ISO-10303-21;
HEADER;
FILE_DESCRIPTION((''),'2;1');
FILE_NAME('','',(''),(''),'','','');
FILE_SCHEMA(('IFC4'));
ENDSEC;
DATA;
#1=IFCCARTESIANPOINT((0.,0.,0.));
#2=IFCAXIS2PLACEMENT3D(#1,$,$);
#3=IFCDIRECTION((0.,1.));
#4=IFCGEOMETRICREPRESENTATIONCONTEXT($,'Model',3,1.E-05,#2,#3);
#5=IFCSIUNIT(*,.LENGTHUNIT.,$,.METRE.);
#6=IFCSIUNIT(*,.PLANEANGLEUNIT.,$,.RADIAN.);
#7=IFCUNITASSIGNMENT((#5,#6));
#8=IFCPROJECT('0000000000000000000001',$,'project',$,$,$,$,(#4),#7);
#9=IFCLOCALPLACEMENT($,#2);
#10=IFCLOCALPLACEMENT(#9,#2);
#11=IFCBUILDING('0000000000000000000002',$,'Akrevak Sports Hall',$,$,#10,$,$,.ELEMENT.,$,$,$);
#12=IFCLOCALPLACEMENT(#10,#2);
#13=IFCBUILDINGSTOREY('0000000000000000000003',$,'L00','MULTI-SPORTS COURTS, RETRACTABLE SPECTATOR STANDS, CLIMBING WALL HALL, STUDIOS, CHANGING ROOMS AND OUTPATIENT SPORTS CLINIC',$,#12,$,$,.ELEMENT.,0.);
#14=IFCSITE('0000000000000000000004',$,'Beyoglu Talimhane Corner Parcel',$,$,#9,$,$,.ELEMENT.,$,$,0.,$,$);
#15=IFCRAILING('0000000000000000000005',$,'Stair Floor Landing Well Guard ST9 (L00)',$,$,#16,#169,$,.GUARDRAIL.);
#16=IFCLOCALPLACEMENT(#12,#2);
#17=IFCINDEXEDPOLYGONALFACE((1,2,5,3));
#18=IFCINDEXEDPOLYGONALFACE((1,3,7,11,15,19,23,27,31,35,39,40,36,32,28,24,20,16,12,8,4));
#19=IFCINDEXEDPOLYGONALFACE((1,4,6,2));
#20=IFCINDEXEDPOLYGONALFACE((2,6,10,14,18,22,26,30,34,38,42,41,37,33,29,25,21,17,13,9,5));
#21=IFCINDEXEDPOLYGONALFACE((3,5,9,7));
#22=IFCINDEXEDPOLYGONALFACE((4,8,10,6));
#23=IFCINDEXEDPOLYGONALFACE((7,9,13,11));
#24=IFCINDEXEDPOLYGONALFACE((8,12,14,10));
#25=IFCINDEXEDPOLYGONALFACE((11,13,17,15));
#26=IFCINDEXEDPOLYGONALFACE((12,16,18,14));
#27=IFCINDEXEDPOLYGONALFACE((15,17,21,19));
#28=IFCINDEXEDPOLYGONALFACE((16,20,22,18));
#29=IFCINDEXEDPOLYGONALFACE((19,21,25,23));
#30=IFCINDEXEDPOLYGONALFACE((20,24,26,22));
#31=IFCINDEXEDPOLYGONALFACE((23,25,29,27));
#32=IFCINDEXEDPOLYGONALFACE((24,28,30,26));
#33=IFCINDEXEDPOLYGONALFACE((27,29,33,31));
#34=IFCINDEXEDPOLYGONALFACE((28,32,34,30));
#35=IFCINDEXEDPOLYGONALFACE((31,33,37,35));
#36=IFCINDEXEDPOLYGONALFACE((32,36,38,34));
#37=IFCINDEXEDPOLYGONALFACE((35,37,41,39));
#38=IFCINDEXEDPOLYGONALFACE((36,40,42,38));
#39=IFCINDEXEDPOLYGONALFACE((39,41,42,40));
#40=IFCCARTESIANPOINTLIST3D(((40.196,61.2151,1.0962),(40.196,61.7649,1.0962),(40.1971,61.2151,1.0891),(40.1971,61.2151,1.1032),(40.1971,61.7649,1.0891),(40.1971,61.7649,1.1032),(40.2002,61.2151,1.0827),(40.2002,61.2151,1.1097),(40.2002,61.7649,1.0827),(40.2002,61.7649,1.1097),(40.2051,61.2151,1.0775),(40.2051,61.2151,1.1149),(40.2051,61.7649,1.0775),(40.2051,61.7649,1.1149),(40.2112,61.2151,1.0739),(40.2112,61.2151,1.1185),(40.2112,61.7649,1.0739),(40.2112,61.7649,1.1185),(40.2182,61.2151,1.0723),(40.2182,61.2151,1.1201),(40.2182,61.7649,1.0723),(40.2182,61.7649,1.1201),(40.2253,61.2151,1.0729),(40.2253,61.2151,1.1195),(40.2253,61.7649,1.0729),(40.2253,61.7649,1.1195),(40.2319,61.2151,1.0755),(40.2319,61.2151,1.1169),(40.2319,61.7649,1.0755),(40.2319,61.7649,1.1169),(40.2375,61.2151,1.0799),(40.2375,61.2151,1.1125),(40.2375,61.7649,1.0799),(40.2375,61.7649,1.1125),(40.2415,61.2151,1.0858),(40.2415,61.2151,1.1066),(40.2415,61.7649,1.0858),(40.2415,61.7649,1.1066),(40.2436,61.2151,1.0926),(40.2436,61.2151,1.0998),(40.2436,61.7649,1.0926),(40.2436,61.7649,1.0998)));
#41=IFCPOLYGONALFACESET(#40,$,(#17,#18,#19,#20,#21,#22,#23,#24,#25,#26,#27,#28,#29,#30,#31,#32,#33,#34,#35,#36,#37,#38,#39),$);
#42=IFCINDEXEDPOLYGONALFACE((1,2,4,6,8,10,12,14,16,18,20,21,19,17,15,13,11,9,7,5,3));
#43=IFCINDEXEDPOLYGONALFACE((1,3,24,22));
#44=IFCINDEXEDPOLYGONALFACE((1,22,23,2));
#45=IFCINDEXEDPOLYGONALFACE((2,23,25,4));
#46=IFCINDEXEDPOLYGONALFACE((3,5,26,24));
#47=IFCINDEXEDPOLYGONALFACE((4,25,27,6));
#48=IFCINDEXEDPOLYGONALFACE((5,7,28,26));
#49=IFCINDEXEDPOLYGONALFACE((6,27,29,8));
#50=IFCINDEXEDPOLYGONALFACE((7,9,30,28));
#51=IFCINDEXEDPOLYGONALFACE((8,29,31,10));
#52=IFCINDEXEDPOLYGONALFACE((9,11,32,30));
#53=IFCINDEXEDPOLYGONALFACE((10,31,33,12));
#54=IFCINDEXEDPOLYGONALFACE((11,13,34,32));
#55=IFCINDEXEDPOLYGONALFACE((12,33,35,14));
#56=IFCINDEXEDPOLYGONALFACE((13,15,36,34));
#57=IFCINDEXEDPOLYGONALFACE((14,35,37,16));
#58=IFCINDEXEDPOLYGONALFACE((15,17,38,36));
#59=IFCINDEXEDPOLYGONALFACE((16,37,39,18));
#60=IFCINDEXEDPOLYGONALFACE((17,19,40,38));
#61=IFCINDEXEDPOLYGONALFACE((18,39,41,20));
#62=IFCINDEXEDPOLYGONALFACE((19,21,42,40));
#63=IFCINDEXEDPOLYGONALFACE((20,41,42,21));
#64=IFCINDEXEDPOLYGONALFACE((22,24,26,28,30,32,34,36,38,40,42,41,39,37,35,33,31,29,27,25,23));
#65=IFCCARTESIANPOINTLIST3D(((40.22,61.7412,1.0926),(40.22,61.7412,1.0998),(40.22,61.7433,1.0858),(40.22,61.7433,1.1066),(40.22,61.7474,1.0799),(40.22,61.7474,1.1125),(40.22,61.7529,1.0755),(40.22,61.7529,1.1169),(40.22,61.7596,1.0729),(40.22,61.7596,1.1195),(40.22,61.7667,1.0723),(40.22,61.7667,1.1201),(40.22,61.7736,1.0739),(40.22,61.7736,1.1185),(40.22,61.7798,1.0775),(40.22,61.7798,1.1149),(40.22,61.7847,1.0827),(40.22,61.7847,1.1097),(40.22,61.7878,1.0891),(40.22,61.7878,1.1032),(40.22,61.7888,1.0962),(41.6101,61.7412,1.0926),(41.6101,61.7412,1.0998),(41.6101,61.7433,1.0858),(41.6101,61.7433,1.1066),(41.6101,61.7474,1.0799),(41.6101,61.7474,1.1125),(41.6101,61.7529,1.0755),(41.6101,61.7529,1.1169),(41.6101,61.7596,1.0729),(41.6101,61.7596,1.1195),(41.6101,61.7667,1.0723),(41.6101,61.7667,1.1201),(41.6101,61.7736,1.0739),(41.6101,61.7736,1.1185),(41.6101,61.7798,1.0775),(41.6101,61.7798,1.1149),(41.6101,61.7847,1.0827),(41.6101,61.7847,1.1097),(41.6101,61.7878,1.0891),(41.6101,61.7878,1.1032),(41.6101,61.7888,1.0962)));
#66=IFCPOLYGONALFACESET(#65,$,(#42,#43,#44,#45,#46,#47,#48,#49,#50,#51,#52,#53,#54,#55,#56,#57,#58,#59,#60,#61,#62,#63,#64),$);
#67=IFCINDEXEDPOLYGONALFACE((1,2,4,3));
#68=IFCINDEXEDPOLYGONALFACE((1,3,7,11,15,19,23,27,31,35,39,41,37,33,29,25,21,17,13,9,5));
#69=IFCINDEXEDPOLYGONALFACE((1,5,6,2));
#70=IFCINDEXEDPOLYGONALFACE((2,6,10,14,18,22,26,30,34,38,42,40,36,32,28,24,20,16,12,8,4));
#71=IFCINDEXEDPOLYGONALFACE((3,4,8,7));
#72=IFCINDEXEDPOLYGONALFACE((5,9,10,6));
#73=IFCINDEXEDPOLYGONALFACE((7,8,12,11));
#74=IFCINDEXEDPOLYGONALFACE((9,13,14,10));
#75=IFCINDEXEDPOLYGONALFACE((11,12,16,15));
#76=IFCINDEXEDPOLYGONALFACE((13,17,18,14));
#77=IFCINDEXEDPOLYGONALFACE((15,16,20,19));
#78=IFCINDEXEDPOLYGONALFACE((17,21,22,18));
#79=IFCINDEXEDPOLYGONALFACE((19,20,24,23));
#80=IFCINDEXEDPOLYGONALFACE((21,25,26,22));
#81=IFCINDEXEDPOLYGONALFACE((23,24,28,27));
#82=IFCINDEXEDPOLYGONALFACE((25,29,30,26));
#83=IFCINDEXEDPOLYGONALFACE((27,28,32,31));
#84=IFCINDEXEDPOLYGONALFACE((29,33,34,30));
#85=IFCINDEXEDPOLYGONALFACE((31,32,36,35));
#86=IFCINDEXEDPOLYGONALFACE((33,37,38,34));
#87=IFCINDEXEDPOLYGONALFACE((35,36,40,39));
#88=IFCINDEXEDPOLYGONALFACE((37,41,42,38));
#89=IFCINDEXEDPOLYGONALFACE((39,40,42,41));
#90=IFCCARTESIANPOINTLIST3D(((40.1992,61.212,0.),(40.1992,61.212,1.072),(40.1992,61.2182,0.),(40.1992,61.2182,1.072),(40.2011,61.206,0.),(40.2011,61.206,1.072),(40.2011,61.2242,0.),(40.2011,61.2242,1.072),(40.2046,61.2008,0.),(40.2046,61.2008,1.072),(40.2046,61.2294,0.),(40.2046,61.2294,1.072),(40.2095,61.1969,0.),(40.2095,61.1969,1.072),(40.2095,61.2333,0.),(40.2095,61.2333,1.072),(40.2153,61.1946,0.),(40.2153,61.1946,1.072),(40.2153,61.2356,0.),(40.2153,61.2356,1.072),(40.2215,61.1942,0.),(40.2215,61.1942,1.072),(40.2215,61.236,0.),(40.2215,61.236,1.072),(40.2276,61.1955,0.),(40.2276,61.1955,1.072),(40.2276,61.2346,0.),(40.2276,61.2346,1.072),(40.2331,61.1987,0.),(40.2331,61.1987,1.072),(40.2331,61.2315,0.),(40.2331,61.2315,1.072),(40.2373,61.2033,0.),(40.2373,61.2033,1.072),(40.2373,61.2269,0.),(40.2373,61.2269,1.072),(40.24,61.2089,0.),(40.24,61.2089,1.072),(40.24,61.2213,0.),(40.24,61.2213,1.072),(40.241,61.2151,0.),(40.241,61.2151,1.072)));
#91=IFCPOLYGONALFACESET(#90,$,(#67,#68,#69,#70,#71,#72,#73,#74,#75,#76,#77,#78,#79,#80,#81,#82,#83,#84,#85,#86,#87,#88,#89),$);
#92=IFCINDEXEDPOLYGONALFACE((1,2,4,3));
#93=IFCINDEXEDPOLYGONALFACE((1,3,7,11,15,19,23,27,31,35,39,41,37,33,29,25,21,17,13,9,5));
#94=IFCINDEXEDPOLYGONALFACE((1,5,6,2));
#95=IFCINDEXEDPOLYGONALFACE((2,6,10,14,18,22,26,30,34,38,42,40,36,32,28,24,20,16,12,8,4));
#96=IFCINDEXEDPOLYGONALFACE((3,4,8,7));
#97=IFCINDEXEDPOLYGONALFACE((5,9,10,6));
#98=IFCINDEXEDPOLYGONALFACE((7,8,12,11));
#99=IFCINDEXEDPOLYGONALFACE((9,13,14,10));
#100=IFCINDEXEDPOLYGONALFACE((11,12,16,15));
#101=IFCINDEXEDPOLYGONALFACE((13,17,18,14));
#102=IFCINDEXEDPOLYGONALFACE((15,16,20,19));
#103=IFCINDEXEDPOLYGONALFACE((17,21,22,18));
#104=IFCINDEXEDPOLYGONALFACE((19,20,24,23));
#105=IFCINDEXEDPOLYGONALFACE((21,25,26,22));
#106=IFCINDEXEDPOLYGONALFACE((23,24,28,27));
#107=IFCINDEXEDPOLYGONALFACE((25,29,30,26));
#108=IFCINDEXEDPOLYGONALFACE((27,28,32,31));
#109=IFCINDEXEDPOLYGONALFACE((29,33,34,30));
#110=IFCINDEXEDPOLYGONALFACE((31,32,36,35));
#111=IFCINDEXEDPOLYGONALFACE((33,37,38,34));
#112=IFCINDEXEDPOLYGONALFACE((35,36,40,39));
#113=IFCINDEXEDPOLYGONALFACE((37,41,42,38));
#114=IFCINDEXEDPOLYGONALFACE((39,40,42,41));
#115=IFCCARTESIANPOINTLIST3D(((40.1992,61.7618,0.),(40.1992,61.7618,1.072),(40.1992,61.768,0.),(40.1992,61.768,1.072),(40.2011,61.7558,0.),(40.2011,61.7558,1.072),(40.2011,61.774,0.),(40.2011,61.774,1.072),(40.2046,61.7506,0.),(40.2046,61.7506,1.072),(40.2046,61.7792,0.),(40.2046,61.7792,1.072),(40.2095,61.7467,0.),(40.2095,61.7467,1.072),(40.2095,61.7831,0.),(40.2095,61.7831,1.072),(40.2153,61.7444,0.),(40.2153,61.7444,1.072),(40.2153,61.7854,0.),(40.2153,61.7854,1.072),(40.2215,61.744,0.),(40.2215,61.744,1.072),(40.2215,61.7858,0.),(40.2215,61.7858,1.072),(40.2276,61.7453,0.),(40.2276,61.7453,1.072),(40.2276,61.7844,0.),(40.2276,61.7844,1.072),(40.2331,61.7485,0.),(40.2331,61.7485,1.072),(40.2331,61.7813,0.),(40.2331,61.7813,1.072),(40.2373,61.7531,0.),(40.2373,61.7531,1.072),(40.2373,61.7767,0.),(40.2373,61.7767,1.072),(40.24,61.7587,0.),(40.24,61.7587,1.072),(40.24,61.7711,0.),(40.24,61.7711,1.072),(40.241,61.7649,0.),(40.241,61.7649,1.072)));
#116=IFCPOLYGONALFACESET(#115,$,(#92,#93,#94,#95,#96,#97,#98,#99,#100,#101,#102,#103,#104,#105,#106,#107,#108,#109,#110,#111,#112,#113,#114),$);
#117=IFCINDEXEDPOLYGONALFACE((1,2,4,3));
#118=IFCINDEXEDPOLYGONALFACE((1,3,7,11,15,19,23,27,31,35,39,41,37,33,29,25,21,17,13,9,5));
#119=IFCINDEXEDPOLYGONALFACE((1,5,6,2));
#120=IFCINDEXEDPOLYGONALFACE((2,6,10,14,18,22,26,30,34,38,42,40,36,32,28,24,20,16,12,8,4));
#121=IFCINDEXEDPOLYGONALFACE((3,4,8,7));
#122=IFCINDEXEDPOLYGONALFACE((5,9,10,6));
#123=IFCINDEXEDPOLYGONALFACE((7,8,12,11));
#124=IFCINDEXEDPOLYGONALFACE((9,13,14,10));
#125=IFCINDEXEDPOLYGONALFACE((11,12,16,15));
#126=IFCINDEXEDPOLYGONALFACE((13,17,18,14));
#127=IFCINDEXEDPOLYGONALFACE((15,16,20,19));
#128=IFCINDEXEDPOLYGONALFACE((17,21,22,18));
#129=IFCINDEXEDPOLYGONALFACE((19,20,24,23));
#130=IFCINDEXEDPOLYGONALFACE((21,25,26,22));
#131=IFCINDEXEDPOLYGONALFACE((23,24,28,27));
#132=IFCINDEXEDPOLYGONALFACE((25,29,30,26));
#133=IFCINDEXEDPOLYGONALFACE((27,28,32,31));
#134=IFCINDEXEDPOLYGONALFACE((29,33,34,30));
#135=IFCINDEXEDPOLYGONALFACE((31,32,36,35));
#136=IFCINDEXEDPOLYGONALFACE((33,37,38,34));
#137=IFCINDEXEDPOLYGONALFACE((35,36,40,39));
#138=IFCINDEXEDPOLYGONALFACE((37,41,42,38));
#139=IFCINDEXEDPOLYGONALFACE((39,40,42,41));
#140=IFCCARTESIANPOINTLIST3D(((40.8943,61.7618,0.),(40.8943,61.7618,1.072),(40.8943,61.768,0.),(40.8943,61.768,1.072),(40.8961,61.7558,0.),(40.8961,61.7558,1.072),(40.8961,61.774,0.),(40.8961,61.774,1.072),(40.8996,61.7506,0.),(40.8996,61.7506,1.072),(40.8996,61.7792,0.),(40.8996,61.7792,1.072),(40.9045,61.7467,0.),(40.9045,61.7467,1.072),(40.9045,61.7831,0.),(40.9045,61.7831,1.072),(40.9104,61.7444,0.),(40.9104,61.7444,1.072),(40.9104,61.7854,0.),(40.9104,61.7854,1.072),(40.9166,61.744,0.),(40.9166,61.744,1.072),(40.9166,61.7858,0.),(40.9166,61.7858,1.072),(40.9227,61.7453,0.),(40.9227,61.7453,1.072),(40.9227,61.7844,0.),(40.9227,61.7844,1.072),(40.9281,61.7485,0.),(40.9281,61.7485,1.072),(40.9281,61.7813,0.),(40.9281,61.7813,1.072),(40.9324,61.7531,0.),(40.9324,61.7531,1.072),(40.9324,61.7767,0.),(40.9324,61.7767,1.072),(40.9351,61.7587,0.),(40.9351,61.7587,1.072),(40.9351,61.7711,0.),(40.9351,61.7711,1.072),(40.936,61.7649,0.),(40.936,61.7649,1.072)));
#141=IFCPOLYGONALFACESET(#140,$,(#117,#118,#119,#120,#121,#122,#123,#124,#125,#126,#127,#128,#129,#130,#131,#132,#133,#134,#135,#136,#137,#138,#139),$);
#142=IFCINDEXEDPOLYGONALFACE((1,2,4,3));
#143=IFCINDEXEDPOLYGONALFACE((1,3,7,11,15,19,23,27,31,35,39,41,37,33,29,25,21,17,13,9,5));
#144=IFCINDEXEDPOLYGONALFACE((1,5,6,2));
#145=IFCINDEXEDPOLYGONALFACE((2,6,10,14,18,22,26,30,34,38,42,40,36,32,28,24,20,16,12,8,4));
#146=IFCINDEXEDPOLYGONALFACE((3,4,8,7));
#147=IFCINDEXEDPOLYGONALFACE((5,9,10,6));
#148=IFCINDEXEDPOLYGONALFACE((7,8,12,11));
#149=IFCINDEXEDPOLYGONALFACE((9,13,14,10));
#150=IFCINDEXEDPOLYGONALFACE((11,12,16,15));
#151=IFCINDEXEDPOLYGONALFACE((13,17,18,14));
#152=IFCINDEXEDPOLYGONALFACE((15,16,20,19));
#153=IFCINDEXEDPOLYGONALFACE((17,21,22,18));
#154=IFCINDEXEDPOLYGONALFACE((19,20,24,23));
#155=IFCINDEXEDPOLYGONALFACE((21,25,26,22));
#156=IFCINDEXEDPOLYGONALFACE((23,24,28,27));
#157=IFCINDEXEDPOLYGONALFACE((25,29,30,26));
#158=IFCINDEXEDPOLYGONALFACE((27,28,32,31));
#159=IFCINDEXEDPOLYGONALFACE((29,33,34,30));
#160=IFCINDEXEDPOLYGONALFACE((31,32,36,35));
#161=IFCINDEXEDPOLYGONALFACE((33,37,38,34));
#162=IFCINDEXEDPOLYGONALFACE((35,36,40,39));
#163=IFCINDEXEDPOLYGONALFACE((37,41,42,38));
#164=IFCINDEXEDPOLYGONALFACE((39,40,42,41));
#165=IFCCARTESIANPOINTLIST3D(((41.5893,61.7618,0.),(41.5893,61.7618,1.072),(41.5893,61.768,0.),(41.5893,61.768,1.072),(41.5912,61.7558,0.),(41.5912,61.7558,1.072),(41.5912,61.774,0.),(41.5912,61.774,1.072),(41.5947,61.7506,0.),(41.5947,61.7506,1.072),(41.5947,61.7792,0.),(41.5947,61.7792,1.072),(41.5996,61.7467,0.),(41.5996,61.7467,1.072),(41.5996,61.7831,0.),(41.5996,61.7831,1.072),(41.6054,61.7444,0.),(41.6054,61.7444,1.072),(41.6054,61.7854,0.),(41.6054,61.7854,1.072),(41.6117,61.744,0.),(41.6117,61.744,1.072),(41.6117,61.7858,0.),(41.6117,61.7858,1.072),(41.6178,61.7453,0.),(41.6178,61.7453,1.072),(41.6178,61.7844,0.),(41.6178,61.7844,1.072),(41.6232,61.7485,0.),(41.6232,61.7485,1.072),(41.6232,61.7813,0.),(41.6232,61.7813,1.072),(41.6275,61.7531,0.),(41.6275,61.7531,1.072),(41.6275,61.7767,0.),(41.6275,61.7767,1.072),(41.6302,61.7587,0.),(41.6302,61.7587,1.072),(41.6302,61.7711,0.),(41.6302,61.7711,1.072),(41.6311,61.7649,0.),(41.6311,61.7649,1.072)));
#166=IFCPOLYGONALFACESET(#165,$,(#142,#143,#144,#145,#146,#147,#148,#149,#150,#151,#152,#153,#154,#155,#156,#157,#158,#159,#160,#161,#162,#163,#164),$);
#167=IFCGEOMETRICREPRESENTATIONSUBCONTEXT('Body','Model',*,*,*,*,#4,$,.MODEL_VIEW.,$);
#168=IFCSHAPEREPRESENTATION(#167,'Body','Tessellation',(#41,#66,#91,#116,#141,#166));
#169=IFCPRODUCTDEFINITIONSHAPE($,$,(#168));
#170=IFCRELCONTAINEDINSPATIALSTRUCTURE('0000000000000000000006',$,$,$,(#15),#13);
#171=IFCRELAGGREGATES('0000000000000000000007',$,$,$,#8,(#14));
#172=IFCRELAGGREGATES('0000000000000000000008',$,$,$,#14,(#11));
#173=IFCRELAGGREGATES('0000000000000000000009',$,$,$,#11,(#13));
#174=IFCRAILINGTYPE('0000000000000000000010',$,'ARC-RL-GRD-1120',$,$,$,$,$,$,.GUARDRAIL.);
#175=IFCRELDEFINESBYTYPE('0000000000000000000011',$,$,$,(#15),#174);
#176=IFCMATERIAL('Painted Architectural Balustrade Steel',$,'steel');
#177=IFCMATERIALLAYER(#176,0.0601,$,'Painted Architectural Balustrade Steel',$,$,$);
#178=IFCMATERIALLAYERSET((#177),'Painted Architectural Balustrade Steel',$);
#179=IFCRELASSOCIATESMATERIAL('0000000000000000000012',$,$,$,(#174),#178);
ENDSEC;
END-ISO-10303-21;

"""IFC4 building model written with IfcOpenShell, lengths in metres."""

from ifc_helpers import new_model, si_unit, direction, frame, origin, origin_2d, place, context, subcontext, project, spatial, circle, extrude, material, layer, layer_set, type_object, element, save


model = new_model("IFC4")

# Units and contexts
model_context = context("Model", 3, precision=1e-05, world=origin(), true_north=direction((0.0, 1.0)))
body_context = subcontext(model_context, "Body", "Model", "MODEL_VIEW")
ifc_project = project(units=[si_unit("LENGTHUNIT", "METRE"), si_unit("PLANEANGLEUNIT", "RADIAN")], contexts=[model_context])

# Site, building, storey
site_placement = place(None, origin())
site = spatial("IfcSite", under=ifc_project, at=site_placement, Name="Beyoglu Talimhane Corner Parcel", CompositionType="ELEMENT", RefElevation=0.0)
building_placement = place(site_placement, origin())
building = spatial("IfcBuilding", under=site, at=building_placement, Name="Akrevak Sports Hall", CompositionType="ELEMENT")
storey_placement = place(building_placement, origin())
storey = spatial("IfcBuildingStorey", under=building, at=storey_placement, Name="L00", Description="MULTI-SPORTS COURTS, RETRACTABLE SPECTATOR STANDS, CLIMBING WALL HALL, STUDIOS, CHANGING ROOMS AND OUTPATIENT SPORTS CLINIC", CompositionType="ELEMENT", Elevation=0.0)

# Railing
ifc_material_1 = material(Name="Painted Architectural Balustrade Steel", Category="steel")
ifc_layer_1 = layer(ifc_material_1, 0.0601, Name="Painted Architectural Balustrade Steel")
ifc_layer_set_1 = layer_set([ifc_layer_1], Name="Painted Architectural Balustrade Steel")
railing_type_1 = type_object("IfcRailingType", Name="ARC-RL-GRD-1120", PredefinedType="GUARDRAIL", material=ifc_layer_set_1)
railing_1_placement = place(storey_placement, frame((40.22, 61.2151, 0.0)))
element("IfcRailing", 1, at=railing_1_placement, inside=storey, type_object=railing_type_1, Name="Stair Floor Landing Well Guard ST9 (L00)", PredefinedType="GUARDRAIL", context=body_context, shape_type="SweptSolid", body=[
    extrude(circle(Radius=0.0239, at=origin_2d()), frame((0.0, 0.0, 1.0962), z_axis=(0.0, 1.0, 0.0), x_axis=(-1.0, 0.0, 0.0)), (0.0, 0.0, 1.0), 0.5498),
    extrude(circle(Radius=0.0239, at=origin_2d()), frame((0.0, 0.5498, 1.0962), z_axis=(1.0, 0.0, 0.0), x_axis=(0.0, 1.0, 0.0)), (0.0, 0.0, 1.0), 1.3901),
    extrude(circle(Radius=0.021, at=origin_2d()), origin(), (0.0, 0.0, 1.0), 1.072),
    extrude(circle(Radius=0.021, at=origin_2d()), frame((0.0, 0.5498, 0.0)), (0.0, 0.0, 1.0), 1.072),
    extrude(circle(Radius=0.021, at=origin_2d()), frame((0.6951, 0.5498, 0.0)), (0.0, 0.0, 1.0), 1.072),
    extrude(circle(Radius=0.021, at=origin_2d()), frame((1.3901, 0.5498, 0.0)), (0.0, 0.0, 1.0), 1.072),
])

save(model, "model.ifc")
